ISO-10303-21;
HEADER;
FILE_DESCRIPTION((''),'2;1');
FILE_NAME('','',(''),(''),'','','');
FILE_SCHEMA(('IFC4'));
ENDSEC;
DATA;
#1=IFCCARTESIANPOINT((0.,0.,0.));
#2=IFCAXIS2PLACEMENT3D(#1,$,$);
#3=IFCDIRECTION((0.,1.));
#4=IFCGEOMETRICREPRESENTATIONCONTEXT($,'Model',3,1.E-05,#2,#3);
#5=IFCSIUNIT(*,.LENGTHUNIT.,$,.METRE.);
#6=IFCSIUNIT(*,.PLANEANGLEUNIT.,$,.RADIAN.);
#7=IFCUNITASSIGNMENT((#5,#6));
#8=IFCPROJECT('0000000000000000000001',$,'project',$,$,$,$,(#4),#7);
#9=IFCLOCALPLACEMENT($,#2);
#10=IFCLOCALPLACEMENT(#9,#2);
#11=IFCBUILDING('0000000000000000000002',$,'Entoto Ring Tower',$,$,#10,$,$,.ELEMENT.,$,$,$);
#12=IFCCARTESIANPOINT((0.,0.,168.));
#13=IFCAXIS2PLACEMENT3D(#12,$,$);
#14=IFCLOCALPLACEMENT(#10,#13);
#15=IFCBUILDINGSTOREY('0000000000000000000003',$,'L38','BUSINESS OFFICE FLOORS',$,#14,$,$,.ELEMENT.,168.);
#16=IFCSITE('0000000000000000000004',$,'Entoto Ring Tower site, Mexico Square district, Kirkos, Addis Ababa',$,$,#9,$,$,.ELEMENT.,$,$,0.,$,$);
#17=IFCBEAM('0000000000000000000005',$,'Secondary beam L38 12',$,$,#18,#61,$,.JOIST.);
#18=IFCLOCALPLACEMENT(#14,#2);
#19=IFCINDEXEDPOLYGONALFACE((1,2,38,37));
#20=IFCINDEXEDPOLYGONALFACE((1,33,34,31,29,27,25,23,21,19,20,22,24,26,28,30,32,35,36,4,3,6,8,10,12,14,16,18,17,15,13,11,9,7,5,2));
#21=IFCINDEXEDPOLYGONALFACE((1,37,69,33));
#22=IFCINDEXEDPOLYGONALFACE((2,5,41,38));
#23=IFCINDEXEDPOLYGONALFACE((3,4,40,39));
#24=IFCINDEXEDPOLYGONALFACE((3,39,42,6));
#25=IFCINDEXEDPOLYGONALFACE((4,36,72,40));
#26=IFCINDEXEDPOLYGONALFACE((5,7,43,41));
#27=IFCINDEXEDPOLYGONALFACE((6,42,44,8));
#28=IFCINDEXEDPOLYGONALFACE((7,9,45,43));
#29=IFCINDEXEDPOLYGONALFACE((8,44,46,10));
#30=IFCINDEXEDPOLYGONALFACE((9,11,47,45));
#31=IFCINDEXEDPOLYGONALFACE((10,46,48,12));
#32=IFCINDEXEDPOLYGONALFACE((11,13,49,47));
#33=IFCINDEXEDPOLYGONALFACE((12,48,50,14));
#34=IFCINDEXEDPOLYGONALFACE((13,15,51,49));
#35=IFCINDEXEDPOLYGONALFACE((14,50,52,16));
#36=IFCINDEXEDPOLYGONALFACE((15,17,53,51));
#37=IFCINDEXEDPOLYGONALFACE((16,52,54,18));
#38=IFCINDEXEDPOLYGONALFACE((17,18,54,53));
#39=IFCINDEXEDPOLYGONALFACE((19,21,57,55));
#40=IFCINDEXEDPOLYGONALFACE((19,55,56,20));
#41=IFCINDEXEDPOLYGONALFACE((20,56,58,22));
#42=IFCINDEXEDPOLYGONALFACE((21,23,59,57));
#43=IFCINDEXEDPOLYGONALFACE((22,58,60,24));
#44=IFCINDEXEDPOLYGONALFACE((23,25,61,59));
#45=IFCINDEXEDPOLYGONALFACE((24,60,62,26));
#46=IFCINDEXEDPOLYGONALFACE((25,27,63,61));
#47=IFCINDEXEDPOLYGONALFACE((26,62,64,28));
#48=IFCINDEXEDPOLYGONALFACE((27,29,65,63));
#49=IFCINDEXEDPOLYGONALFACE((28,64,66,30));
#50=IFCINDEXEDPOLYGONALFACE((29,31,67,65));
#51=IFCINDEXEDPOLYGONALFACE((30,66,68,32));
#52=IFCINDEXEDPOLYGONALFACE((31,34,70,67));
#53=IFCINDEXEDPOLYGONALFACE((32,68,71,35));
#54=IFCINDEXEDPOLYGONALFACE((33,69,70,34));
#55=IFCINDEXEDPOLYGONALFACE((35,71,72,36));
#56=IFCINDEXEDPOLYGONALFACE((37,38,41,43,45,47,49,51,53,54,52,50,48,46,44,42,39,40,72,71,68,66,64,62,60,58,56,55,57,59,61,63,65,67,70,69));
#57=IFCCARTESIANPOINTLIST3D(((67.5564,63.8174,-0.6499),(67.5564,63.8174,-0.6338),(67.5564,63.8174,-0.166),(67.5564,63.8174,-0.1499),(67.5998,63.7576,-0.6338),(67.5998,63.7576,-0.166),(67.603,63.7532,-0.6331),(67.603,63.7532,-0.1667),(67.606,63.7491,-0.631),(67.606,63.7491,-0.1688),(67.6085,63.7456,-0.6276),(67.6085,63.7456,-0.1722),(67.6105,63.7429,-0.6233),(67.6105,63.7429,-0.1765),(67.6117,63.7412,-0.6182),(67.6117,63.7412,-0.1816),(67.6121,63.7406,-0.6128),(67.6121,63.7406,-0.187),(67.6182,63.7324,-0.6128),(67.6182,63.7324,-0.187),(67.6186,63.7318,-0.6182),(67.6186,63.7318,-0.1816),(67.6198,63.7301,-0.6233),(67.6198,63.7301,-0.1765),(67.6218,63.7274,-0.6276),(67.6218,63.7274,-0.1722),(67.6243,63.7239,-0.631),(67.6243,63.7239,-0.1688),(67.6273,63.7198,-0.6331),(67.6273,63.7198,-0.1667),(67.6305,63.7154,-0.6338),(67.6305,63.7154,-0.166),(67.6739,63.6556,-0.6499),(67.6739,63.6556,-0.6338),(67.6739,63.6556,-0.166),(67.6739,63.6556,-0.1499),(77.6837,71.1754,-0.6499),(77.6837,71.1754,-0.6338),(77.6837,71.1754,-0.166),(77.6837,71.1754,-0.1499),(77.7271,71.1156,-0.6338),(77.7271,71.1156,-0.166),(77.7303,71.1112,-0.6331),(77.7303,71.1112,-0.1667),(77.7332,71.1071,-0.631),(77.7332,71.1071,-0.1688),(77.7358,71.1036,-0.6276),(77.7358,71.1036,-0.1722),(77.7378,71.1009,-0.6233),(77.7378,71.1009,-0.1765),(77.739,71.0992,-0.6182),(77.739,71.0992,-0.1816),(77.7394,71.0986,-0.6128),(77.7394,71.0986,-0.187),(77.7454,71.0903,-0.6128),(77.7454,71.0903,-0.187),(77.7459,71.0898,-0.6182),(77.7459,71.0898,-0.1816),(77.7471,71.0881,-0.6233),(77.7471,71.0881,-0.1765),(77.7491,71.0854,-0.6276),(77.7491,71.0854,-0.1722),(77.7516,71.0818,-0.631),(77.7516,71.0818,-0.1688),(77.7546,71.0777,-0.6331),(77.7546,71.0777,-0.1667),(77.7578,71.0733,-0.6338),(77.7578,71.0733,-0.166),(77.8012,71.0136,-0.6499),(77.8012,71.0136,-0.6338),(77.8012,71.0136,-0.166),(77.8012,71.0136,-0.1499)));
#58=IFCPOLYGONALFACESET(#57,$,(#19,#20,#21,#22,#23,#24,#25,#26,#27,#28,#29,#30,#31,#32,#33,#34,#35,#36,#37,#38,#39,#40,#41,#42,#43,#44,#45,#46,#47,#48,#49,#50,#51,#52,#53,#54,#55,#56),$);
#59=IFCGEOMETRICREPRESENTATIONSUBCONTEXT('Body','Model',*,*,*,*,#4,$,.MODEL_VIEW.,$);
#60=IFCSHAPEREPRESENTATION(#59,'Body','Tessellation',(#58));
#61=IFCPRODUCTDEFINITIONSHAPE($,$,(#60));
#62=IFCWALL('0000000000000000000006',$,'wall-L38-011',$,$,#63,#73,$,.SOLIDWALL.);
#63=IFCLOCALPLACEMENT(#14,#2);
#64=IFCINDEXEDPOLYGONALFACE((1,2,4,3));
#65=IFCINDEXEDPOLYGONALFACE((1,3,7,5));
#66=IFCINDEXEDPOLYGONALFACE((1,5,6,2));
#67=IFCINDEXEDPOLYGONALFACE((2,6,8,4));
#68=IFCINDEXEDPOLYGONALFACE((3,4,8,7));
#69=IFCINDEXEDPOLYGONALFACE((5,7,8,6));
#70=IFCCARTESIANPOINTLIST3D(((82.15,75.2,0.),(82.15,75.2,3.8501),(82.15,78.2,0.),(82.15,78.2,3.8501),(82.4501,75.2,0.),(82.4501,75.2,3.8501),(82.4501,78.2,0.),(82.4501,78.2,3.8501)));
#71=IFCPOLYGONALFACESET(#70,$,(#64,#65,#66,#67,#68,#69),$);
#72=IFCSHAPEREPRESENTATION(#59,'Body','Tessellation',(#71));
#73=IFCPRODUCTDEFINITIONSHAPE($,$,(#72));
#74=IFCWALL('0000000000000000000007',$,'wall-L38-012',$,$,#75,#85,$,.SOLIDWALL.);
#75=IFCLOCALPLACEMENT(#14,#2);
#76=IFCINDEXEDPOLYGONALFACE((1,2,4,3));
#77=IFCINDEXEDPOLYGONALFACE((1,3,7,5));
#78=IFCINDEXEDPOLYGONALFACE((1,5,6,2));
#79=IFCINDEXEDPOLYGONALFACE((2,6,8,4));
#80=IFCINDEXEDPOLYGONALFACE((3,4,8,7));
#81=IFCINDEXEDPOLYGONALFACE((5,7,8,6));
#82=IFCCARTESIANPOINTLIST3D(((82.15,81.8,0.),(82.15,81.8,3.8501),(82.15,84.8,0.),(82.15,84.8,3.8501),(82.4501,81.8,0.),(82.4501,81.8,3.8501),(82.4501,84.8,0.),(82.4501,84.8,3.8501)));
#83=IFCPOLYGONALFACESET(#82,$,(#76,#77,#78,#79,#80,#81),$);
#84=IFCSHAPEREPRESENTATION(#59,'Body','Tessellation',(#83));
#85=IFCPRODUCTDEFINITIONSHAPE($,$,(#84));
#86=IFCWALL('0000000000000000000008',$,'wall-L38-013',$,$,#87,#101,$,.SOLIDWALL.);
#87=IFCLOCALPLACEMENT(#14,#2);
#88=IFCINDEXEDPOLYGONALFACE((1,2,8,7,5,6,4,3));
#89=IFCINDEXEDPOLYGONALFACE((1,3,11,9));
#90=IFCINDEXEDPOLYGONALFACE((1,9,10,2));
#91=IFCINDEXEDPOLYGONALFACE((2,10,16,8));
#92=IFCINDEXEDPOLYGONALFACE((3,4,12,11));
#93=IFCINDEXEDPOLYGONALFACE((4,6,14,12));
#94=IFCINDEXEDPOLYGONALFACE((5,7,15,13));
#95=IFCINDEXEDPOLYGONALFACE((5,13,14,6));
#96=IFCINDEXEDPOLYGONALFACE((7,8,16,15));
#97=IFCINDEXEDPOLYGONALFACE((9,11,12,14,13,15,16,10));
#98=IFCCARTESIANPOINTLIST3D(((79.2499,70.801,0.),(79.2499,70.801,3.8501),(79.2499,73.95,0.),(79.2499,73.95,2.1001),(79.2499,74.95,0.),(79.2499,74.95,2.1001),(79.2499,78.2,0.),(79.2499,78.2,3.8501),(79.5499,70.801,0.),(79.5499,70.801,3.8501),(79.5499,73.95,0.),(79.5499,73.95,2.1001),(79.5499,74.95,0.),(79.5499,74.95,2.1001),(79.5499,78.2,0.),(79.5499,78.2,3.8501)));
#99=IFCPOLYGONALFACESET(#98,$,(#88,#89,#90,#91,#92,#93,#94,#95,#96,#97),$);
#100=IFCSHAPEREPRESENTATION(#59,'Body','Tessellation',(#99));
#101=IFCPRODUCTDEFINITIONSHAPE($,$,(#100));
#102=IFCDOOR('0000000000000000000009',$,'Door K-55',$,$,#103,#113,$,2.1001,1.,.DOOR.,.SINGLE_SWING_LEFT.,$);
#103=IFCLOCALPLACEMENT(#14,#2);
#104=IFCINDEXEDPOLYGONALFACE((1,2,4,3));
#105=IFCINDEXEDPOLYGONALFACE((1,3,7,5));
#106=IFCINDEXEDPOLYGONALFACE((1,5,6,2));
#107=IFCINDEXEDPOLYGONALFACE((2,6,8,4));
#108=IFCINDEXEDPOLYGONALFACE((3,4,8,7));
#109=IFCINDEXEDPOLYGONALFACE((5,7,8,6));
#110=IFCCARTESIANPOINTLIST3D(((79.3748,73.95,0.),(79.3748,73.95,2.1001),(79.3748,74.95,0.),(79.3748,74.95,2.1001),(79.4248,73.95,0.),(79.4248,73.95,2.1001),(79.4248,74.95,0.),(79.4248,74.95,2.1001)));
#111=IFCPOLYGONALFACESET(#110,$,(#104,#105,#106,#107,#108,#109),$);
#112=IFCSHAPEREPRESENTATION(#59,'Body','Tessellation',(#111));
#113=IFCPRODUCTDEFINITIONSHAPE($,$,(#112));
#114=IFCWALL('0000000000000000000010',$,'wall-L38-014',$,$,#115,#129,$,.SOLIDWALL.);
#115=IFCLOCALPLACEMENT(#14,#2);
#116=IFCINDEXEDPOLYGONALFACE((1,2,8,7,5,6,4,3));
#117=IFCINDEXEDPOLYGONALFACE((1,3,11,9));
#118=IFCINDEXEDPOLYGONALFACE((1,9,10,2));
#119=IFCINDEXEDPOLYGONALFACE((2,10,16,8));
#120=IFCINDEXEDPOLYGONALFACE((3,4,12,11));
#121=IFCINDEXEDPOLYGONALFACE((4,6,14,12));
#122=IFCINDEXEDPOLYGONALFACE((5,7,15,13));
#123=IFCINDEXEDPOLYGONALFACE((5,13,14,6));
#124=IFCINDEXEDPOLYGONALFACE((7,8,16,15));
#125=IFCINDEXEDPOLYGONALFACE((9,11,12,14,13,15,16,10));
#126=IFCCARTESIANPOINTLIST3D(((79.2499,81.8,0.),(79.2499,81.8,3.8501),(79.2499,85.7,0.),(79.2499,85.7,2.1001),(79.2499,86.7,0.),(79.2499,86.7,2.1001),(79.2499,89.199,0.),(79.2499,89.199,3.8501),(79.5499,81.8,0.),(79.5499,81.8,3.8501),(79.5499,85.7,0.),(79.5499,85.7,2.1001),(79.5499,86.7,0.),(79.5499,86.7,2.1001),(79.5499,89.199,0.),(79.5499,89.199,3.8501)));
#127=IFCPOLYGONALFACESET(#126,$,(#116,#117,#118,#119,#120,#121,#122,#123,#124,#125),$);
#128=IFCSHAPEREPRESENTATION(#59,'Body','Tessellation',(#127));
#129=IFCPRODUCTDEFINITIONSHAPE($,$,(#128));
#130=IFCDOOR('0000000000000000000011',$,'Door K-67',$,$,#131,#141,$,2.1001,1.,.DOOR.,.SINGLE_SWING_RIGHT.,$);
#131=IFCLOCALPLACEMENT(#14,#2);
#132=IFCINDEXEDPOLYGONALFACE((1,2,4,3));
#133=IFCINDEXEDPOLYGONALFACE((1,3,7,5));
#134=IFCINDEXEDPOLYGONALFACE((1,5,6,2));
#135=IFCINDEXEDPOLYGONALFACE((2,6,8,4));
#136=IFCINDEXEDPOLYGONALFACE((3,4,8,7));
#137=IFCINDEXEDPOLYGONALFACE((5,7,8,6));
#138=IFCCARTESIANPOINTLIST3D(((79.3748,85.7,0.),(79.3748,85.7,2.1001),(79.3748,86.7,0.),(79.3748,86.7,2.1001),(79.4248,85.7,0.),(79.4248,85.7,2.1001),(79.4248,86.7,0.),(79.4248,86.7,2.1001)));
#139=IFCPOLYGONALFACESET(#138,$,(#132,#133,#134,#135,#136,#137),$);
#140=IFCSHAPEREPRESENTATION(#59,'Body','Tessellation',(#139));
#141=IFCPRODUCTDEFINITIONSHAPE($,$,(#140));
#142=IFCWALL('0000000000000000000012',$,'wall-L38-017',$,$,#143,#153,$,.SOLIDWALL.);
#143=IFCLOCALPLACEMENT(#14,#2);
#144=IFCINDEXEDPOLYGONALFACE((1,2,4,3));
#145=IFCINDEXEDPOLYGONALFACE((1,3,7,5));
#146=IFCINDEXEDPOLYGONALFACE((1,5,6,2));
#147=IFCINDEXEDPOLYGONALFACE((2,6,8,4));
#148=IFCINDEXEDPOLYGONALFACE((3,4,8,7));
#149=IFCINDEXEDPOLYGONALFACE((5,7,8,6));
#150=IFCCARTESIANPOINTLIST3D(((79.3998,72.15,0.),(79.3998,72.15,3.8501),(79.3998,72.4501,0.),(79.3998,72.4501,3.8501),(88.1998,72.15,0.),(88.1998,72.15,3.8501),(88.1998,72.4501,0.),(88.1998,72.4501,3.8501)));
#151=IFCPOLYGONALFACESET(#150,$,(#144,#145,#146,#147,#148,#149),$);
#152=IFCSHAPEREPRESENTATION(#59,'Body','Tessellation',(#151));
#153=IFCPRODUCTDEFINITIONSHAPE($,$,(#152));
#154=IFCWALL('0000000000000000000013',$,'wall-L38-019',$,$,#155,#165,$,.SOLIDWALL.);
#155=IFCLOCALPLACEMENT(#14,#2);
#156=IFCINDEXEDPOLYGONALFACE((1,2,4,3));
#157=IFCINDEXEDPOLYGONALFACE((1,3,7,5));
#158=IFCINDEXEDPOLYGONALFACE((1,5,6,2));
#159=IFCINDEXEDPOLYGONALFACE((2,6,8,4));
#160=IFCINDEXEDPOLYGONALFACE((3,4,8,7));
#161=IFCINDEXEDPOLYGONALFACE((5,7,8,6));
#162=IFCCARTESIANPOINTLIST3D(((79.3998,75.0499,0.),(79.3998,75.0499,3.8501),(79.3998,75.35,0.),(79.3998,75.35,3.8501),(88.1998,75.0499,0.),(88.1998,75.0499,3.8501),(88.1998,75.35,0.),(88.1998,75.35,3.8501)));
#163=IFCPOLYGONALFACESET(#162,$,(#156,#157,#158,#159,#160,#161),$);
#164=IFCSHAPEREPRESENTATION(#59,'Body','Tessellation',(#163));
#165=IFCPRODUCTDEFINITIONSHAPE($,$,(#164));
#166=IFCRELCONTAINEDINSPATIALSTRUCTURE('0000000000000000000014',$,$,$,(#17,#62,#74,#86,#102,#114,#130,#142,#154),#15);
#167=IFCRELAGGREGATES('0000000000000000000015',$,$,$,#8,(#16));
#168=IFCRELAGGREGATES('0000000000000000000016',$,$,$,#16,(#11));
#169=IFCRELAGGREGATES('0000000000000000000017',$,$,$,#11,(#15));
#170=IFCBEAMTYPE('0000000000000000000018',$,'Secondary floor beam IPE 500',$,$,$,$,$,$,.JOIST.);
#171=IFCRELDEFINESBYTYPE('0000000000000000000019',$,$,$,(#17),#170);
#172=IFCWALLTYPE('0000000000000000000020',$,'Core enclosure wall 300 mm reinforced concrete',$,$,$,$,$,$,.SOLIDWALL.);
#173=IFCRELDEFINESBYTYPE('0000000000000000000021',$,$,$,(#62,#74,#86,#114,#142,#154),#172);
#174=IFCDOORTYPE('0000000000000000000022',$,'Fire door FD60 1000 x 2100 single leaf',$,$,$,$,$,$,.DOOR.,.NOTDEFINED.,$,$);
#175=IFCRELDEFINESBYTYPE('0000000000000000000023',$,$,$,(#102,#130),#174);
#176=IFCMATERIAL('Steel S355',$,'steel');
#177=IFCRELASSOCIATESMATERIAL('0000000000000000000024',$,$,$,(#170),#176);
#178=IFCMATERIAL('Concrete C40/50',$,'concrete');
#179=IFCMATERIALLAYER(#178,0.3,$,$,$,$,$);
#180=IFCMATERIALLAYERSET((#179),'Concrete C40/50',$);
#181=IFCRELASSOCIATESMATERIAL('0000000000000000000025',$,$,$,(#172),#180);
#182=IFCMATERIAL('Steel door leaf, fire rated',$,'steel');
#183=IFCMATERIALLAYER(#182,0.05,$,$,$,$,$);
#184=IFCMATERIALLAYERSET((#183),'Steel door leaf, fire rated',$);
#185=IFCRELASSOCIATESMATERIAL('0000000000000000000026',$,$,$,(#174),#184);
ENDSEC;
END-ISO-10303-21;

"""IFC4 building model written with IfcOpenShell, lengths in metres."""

from ifc_helpers import new_model, si_unit, direction, frame, frame_2d, origin, origin_2d, place, context, subcontext, project, spatial, rectangle, i_section, extrude, material, layer, layer_set, material_profile, profile_set, type_object, element, fill, save


model = new_model("IFC4")

# Units and contexts
model_context = context("Model", 3, precision=1e-05, world=origin(), true_north=direction((0.0, 1.0)))
body_context = subcontext(model_context, "Body", "Model", "MODEL_VIEW")
ifc_project = project(units=[si_unit("LENGTHUNIT", "METRE"), si_unit("PLANEANGLEUNIT", "RADIAN")], contexts=[model_context])

# Site, building, storey
site_placement = place(None, origin())
site = spatial("IfcSite", under=ifc_project, at=site_placement, Name="Entoto Ring Tower site, Mexico Square district, Kirkos, Addis Ababa", CompositionType="ELEMENT", RefElevation=0.0)
building_placement = place(site_placement, origin())
building = spatial("IfcBuilding", under=site, at=building_placement, Name="Entoto Ring Tower", CompositionType="ELEMENT")
storey_placement = place(building_placement, frame((0.0, 0.0, 168.0)))
storey = spatial("IfcBuildingStorey", under=building, at=storey_placement, Name="L38", Description="BUSINESS OFFICE FLOORS", CompositionType="ELEMENT", Elevation=168.0)

# Beam
ifc_material_1 = material(Name="Steel S355", Category="steel")
ifc_material_profile_1 = material_profile(ifc_material_1, i_section(OverallWidth=0.2, OverallDepth=0.5, WebThickness=0.0103, FlangeThickness=0.0161, FilletRadius=0.021, at=origin_2d()), Name="IPE 500")
ifc_profile_set_1 = profile_set([ifc_material_profile_1], Name="Steel S355")
beam_type_1 = type_object("IfcBeamType", Name="Secondary floor beam IPE 500", PredefinedType="JOIST", material=ifc_profile_set_1)
beam_1_placement = place(storey_placement, frame((77.7424, 71.0945, -0.3999), z_axis=(-0.809014, -0.587789, 0.0), x_axis=(0.587789, -0.809014, 0.0)))
element("IfcBeam", 1, at=beam_1_placement, inside=storey, type_object=beam_type_1, Name="Secondary beam L38 12", PredefinedType="JOIST", context=body_context, shape_type="SweptSolid", body=[
    extrude(i_section(OverallWidth=0.2, OverallDepth=0.5, WebThickness=0.0103, FlangeThickness=0.0161, FilletRadius=0.021, at=origin_2d()), origin(), (0.0, 0.0, 1.0), 12.5181),
])

# Walls
ifc_material_2 = material(Name="Concrete C40/50", Category="concrete")
ifc_layer_1 = layer(ifc_material_2, 0.3)
ifc_layer_set_1 = layer_set([ifc_layer_1], Name="Concrete C40/50")
wall_type_1 = type_object("IfcWallType", Name="Core enclosure wall 300 mm reinforced concrete", PredefinedType="SOLIDWALL", material=ifc_layer_set_1)
for number, where, z_axis, x_axis, name in (
    (2, (82.3, 75.2, 0.0), (0.0, 0.0, 1.0), (0.0, 1.0, 0.0), "wall-L38-011"),
    (3, (82.3, 81.8, 0.0), (0.0, 0.0, 1.0), (0.0, 1.0, 0.0), "wall-L38-012"),
):
    element("IfcWall", number, at=place(storey_placement, frame(where, z_axis=z_axis, x_axis=x_axis)), inside=storey, type_object=wall_type_1, Name=name, PredefinedType="SOLIDWALL", context=body_context, shape_type="SweptSolid", body=[
        extrude(rectangle(XDim=3.0, YDim=0.3, at=frame_2d((1.5, 0.0))), origin(), (0.0, 0.0, 1.0), 3.8501),
    ])

# Walls, openings, doors
wall_1_placement = place(storey_placement, frame((79.3999, 70.801, 0.0), z_axis=(0.0, 0.0, 1.0), x_axis=(0.0, 1.0, 0.0)))
wall_1 = element("IfcWall", 4, at=wall_1_placement, inside=storey, type_object=wall_type_1, Name="wall-L38-013", PredefinedType="SOLIDWALL", context=body_context, shape_type="SweptSolid", body=[
    extrude(rectangle(XDim=7.3989, YDim=0.3, at=frame_2d((3.6995, 0.0))), origin(), (0.0, 0.0, 1.0), 3.8501),
])
opening_1_placement = place(wall_1_placement, frame((3.1489, 0.0, 0.0)))
opening_1 = element("IfcOpeningElement", 5, at=opening_1_placement, cuts=wall_1, PredefinedType="OPENING", context=body_context, shape_type="SweptSolid", body=[
    extrude(rectangle(XDim=1.0, YDim=2.1001, at=frame_2d((0.5, 1.05))), frame((0.0, 0.1602, 0.0), z_axis=(0.0, -1.0, 0.0), x_axis=(1.0, 0.0, 0.0)), (0.0, 0.0, 1.0), 0.3201),
])
ifc_material_3 = material(Name="Steel door leaf, fire rated", Category="steel")
ifc_layer_2 = layer(ifc_material_3, 0.05)
ifc_layer_set_2 = layer_set([ifc_layer_2], Name="Steel door leaf, fire rated")
door_type_1 = type_object("IfcDoorType", Name="Fire door FD60 1000 x 2100 single leaf", OperationType="NOTDEFINED", PredefinedType="DOOR", material=ifc_layer_set_2)
door_1_placement = place(opening_1_placement, frame((1.0, 0.0, 0.0), z_axis=(0.0, 0.0, 1.0), x_axis=(-1.0, 0.0, 0.0)))
door_1 = element("IfcDoor", 6, at=door_1_placement, inside=storey, type_object=door_type_1, Name="Door K-55", OperationType="SINGLE_SWING_LEFT", OverallHeight=2.1001, OverallWidth=1.0, PredefinedType="DOOR", context=body_context, shape_type="SweptSolid", body=[
    extrude(rectangle(XDim=1.0, YDim=2.1001, at=frame_2d((0.5, 1.05))), frame((0.0, 0.0249, 0.0), z_axis=(0.0, -1.0, 0.0), x_axis=(1.0, 0.0, 0.0)), (0.0, 0.0, 1.0), 0.05),
])
fill(opening_1, door_1)
wall_2_placement = place(storey_placement, frame((79.3999, 81.8, 0.0), z_axis=(0.0, 0.0, 1.0), x_axis=(0.0, 1.0, 0.0)))
wall_2 = element("IfcWall", 7, at=wall_2_placement, inside=storey, type_object=wall_type_1, Name="wall-L38-014", PredefinedType="SOLIDWALL", context=body_context, shape_type="SweptSolid", body=[
    extrude(rectangle(XDim=7.3989, YDim=0.3, at=frame_2d((3.6995, 0.0))), origin(), (0.0, 0.0, 1.0), 3.8501),
])
opening_2_placement = place(wall_2_placement, frame((3.8999, 0.0, 0.0)))
opening_2 = element("IfcOpeningElement", 8, at=opening_2_placement, cuts=wall_2, PredefinedType="OPENING", context=body_context, shape_type="SweptSolid", body=[
    extrude(rectangle(XDim=1.0, YDim=2.1001, at=frame_2d((0.5, 1.05))), frame((0.0, 0.1602, 0.0), z_axis=(0.0, -1.0, 0.0), x_axis=(1.0, 0.0, 0.0)), (0.0, 0.0, 1.0), 0.3201),
])
door_2_placement = place(opening_2_placement, frame((1.0, 0.0, 0.0), z_axis=(0.0, 0.0, 1.0), x_axis=(-1.0, 0.0, 0.0)))
door_2 = element("IfcDoor", 9, at=door_2_placement, inside=storey, type_object=door_type_1, Name="Door K-67", OperationType="SINGLE_SWING_RIGHT", OverallHeight=2.1001, OverallWidth=1.0, PredefinedType="DOOR", context=body_context, shape_type="SweptSolid", body=[
    extrude(rectangle(XDim=1.0, YDim=2.1001, at=frame_2d((0.5, 1.05))), frame((0.0, 0.0249, 0.0), z_axis=(0.0, -1.0, 0.0), x_axis=(1.0, 0.0, 0.0)), (0.0, 0.0, 1.0), 0.05),
])
fill(opening_2, door_2)

# Walls
for number, where, z_axis, x_axis, name in (
    (10, (79.3999, 72.3, 0.0), (0.0, 0.0, 1.0), (1.0, 0.0, 0.0), "wall-L38-017"),
    (11, (79.3999, 75.2, 0.0), (0.0, 0.0, 1.0), (1.0, 0.0, 0.0), "wall-L38-019"),
):
    element("IfcWall", number, at=place(storey_placement, frame(where, z_axis=z_axis, x_axis=x_axis)), inside=storey, type_object=wall_type_1, Name=name, PredefinedType="SOLIDWALL", context=body_context, shape_type="SweptSolid", body=[
        extrude(rectangle(XDim=8.8, YDim=0.3, at=frame_2d((4.3999, 0.0))), origin(), (0.0, 0.0, 1.0), 3.8501),
    ])

save(model, "model.ifc")
